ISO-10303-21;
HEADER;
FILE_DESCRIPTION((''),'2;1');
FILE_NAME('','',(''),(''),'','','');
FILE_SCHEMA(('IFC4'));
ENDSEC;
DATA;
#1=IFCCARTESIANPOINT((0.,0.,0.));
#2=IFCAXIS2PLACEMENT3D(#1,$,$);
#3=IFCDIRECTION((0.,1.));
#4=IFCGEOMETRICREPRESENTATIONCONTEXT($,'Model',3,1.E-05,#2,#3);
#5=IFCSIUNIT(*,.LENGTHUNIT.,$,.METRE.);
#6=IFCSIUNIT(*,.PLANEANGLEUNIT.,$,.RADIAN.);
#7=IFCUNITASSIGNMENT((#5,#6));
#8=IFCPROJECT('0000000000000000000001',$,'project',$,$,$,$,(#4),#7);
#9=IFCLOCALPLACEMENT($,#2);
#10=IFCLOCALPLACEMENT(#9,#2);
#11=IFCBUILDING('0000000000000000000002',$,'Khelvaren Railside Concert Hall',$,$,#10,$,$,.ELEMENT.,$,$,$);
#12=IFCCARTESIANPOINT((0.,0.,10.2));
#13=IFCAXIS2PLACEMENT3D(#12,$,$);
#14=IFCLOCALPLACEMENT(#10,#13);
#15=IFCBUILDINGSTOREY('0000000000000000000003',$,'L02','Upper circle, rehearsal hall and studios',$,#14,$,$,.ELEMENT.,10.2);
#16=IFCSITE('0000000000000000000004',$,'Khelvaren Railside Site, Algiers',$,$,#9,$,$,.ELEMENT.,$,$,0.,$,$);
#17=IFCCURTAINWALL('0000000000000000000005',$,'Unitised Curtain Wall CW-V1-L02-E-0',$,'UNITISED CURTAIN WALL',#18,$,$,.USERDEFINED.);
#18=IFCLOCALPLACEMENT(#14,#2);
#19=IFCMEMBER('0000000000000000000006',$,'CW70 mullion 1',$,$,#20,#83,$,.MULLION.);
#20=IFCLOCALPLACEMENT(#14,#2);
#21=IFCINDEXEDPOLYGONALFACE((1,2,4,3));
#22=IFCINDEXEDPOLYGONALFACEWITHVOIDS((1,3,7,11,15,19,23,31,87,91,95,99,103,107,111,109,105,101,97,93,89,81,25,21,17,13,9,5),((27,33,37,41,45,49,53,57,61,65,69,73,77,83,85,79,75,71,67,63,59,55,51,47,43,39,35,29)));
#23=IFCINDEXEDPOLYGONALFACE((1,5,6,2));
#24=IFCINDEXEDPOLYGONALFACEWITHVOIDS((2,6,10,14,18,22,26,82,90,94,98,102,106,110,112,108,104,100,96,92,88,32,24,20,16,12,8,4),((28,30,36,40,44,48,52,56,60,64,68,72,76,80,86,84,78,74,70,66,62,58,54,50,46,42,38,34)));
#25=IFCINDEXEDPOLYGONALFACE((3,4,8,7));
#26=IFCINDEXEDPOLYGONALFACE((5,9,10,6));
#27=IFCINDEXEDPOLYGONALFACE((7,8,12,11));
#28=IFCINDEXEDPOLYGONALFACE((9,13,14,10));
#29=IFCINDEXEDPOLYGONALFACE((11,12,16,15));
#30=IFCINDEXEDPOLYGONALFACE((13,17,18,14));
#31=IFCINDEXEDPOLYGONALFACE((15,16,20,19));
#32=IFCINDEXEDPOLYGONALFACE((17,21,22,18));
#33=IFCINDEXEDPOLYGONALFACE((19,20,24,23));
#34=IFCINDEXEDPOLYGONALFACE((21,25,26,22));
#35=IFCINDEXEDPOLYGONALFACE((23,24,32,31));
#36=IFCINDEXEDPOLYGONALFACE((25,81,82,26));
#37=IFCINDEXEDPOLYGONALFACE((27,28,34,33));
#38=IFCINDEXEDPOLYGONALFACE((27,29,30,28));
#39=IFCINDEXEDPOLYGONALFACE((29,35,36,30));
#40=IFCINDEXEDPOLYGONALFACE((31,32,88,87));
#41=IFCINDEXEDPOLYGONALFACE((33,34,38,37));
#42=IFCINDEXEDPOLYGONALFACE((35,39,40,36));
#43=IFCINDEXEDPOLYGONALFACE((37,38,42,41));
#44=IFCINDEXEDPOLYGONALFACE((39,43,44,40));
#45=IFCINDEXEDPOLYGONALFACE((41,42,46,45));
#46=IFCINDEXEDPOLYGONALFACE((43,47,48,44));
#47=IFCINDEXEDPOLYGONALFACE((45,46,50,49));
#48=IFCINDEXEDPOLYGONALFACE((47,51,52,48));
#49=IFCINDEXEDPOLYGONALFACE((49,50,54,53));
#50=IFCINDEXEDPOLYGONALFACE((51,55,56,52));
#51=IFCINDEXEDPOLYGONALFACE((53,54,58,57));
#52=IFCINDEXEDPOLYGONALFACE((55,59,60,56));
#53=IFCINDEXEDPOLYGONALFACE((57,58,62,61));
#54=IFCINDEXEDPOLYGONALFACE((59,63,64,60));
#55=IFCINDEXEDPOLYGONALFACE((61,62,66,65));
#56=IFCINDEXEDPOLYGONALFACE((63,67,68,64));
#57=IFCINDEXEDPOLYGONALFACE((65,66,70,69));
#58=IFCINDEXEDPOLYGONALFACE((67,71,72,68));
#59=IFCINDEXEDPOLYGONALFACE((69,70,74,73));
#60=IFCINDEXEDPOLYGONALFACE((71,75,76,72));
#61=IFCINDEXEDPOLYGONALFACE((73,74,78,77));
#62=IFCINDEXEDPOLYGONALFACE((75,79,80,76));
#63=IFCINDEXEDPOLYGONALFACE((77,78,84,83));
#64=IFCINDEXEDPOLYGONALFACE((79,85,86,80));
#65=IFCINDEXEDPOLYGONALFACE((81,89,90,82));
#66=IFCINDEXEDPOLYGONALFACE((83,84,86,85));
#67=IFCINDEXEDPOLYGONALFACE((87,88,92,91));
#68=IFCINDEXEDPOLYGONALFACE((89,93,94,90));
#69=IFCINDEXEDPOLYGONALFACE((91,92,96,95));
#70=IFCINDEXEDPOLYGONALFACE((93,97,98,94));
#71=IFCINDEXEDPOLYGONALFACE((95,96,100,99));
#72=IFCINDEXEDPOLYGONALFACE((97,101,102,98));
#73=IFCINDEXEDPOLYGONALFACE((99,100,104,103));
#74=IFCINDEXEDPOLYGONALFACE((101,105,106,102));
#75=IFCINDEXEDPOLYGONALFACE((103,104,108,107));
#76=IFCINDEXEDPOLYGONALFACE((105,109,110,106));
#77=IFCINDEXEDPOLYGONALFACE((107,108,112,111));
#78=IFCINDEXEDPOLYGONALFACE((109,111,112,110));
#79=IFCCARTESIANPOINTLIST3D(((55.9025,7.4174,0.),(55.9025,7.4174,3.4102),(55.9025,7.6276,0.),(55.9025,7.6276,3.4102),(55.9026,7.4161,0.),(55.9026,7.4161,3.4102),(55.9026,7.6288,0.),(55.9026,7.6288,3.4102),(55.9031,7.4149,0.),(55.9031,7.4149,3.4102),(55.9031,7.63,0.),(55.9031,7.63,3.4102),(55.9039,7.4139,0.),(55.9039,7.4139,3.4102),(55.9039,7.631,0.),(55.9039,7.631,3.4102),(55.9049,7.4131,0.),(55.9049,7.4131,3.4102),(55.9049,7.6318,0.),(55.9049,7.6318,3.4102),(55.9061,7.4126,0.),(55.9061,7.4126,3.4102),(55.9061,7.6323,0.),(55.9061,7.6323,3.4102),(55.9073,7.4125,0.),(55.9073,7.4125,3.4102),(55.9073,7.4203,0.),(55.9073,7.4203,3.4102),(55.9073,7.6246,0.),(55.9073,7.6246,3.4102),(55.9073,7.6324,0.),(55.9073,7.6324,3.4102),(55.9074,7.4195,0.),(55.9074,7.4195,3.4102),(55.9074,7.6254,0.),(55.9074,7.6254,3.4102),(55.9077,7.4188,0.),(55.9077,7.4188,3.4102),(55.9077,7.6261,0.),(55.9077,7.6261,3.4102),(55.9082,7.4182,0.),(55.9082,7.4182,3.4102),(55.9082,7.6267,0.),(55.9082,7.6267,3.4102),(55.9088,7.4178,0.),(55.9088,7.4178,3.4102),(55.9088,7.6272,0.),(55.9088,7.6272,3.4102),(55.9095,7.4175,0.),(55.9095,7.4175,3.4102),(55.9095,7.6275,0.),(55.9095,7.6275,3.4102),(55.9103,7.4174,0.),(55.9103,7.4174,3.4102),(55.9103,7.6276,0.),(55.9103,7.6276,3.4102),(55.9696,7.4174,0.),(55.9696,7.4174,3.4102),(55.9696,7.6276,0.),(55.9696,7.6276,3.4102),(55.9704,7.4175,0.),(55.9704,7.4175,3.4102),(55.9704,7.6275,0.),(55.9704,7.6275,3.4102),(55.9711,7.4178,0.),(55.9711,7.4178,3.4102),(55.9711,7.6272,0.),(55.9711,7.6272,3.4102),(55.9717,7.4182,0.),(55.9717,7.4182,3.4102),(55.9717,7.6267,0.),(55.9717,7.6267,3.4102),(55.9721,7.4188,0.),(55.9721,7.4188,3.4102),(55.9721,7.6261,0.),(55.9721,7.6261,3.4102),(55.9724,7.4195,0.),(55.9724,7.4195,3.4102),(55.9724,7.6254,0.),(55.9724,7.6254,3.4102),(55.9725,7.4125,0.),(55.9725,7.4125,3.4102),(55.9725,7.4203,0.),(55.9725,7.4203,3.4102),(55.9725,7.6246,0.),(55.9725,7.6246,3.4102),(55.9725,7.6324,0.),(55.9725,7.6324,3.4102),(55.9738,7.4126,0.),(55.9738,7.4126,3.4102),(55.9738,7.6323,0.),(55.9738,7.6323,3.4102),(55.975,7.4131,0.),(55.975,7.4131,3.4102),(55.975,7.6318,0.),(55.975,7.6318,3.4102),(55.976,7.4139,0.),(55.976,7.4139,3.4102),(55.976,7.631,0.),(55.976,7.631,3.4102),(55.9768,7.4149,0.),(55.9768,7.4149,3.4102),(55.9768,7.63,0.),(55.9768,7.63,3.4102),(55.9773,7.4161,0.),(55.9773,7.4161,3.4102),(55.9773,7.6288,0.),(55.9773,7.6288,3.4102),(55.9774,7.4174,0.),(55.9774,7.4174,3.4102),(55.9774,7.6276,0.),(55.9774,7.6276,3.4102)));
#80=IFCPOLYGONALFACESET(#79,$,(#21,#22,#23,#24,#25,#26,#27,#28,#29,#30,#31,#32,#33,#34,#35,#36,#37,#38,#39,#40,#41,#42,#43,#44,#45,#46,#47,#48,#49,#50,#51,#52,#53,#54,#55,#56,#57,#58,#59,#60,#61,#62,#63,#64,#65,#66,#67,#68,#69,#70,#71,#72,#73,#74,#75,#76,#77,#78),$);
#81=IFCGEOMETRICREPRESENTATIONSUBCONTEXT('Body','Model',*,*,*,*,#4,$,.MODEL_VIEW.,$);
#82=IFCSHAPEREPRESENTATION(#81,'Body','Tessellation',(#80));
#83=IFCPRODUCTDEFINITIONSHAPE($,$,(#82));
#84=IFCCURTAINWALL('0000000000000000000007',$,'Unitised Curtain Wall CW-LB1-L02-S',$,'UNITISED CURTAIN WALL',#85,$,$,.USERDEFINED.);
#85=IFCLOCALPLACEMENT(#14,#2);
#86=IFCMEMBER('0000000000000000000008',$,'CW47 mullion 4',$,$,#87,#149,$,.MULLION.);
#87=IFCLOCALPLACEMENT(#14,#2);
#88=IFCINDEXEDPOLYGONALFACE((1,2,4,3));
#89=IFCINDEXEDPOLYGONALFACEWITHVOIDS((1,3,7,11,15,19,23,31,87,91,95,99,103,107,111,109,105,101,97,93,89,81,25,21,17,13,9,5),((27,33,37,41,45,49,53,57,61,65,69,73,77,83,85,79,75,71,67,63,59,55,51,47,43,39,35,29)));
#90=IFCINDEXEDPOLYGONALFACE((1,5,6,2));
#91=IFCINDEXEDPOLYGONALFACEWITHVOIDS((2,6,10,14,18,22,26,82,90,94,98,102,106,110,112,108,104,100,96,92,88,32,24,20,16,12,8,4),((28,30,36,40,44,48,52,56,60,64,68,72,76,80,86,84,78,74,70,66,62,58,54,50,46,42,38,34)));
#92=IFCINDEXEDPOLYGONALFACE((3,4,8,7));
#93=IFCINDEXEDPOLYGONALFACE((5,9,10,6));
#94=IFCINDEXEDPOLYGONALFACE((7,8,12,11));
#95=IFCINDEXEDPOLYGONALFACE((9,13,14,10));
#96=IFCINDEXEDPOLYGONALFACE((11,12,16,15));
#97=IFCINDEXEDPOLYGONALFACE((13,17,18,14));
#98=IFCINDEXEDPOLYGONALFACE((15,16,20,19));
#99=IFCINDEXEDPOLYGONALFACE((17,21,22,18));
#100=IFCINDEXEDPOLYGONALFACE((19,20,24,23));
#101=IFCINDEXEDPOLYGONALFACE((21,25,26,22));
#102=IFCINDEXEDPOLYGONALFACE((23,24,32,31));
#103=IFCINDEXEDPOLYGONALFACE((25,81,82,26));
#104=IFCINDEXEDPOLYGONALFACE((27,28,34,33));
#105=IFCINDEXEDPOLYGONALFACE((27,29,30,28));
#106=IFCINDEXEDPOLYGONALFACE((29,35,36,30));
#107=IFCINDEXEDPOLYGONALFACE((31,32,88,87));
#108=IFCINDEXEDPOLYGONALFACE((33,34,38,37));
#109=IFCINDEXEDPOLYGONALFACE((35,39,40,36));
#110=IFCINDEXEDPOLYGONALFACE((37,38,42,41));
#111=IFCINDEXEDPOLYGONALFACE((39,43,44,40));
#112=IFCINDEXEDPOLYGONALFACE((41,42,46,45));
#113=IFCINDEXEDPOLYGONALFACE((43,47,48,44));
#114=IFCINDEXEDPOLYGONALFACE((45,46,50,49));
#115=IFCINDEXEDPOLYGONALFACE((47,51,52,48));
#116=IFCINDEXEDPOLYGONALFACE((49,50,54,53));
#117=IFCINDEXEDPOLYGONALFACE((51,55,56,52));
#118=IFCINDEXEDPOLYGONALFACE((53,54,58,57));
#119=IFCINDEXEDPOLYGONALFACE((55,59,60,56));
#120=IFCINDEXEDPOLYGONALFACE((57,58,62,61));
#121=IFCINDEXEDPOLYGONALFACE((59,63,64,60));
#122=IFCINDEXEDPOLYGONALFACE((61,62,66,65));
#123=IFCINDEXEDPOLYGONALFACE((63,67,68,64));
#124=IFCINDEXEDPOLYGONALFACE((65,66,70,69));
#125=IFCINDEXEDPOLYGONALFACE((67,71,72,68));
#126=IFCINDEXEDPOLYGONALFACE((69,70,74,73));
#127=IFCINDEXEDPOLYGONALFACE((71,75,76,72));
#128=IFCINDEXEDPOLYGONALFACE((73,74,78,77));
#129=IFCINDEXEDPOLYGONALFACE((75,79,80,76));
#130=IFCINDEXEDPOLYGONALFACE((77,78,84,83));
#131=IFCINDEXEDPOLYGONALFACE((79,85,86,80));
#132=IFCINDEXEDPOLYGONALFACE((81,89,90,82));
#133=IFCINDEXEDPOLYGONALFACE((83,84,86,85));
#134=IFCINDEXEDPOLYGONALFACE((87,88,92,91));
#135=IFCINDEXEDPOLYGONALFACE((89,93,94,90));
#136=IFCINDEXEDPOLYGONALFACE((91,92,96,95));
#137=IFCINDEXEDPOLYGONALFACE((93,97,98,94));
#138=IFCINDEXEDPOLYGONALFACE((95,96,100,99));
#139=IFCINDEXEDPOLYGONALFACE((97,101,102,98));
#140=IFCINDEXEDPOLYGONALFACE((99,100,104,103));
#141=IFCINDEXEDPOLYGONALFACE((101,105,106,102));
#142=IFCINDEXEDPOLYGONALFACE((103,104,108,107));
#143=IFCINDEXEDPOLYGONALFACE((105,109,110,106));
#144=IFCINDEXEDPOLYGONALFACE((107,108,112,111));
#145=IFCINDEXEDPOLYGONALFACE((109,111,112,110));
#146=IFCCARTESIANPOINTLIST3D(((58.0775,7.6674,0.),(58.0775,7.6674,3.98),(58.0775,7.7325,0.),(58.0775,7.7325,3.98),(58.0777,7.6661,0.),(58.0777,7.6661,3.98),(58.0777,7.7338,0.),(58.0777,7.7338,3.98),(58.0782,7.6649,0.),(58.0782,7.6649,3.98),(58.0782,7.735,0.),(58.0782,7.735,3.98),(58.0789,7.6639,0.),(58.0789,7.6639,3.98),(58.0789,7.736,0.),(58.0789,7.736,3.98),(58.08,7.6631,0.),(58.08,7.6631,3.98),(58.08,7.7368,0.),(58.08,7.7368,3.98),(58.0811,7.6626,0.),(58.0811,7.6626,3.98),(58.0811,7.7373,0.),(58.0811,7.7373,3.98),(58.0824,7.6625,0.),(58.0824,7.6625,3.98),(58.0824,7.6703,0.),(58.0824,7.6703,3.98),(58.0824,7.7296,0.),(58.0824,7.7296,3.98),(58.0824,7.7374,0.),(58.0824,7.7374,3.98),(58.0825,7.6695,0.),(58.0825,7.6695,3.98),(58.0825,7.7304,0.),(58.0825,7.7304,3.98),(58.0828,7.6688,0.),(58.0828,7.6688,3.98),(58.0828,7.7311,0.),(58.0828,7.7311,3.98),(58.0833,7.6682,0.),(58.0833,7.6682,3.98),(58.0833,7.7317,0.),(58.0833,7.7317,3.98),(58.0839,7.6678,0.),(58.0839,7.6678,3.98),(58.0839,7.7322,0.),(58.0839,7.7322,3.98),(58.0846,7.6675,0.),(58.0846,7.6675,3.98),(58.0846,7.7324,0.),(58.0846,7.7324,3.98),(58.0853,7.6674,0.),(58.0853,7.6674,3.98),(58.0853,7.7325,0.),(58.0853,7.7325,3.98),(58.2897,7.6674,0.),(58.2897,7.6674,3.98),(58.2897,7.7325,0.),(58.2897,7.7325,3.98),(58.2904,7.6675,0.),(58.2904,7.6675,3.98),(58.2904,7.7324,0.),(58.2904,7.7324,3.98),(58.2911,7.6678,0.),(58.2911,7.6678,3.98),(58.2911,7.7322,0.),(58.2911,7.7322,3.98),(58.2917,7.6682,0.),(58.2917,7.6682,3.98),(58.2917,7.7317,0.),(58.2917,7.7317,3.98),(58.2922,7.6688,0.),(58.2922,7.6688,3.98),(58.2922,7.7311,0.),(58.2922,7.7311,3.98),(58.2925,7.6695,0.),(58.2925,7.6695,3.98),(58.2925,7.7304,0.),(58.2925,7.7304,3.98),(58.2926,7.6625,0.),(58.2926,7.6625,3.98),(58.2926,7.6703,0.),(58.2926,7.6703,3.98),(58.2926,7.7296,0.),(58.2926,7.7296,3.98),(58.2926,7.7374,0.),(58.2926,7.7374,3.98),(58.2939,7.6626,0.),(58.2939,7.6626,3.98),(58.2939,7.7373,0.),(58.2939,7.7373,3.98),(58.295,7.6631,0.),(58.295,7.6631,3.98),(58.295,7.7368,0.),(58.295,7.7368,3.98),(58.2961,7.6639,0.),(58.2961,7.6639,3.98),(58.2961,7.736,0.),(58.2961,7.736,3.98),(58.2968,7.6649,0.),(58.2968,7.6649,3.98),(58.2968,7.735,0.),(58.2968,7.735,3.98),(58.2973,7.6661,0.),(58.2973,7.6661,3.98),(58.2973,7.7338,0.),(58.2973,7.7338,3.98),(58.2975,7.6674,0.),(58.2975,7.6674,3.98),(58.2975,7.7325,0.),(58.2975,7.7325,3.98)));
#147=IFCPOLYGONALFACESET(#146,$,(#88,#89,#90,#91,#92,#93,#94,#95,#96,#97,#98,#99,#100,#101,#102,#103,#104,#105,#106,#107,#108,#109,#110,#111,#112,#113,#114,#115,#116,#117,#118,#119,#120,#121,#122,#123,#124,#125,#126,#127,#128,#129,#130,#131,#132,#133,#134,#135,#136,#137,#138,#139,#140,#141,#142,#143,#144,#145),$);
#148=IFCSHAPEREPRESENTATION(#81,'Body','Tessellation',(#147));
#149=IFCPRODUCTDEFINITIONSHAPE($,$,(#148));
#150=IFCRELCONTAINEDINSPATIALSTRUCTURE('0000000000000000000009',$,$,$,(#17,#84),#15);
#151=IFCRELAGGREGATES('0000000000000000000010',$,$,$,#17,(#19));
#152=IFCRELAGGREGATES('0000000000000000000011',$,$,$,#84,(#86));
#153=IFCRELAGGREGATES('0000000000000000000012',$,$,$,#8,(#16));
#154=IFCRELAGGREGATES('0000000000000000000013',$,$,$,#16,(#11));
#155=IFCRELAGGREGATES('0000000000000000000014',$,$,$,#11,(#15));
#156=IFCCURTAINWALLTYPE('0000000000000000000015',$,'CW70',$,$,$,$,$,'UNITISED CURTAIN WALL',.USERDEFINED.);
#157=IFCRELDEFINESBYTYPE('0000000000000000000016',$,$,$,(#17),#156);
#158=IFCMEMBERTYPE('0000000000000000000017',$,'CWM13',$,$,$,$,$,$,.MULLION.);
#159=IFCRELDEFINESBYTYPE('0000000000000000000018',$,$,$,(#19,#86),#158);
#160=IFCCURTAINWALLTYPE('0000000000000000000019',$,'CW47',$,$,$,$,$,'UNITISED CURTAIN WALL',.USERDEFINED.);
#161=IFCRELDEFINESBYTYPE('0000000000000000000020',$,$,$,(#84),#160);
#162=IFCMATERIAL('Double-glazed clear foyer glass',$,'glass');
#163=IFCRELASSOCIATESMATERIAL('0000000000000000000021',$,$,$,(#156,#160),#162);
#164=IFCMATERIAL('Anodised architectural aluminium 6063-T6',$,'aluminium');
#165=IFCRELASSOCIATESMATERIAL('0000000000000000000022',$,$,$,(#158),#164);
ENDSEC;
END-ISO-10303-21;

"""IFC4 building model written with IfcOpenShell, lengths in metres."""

from ifc_helpers import new_model, si_unit, direction, frame, origin, origin_2d, place, context, subcontext, project, spatial, hollow_rectangle, extrude, material, material_profile, profile_set, type_object, element, aggregate, save


model = new_model("IFC4")

# Units and contexts
model_context = context("Model", 3, precision=1e-05, world=origin(), true_north=direction((0.0, 1.0)))
body_context = subcontext(model_context, "Body", "Model", "MODEL_VIEW")
ifc_project = project(units=[si_unit("LENGTHUNIT", "METRE"), si_unit("PLANEANGLEUNIT", "RADIAN")], contexts=[model_context])

# Site, building, storey
site_placement = place(None, origin())
site = spatial("IfcSite", under=ifc_project, at=site_placement, Name="Khelvaren Railside Site, Algiers", CompositionType="ELEMENT", RefElevation=0.0)
building_placement = place(site_placement, origin())
building = spatial("IfcBuilding", under=site, at=building_placement, Name="Khelvaren Railside Concert Hall", CompositionType="ELEMENT")
storey_placement = place(building_placement, frame((0.0, 0.0, 10.2)))
storey = spatial("IfcBuildingStorey", under=building, at=storey_placement, Name="L02", Description="Upper circle, rehearsal hall and studios", CompositionType="ELEMENT", Elevation=10.2)

# Curtain wall, member
ifc_material_1 = material(Name="Double-glazed clear foyer glass", Category="glass")
curtain_wall_type_1 = type_object("IfcCurtainWallType", Name="CW70", ElementType="UNITISED CURTAIN WALL", PredefinedType="USERDEFINED", material=ifc_material_1)
curtain_wall_1_placement = place(storey_placement, origin())
curtain_wall_1 = element("IfcCurtainWall", 1, at=curtain_wall_1_placement, inside=storey, type_object=curtain_wall_type_1, Name="Unitised Curtain Wall CW-V1-L02-E-0", ObjectType="UNITISED CURTAIN WALL", PredefinedType="USERDEFINED")
ifc_material_2 = material(Name="Anodised architectural aluminium 6063-T6", Category="aluminium")
ifc_material_profile_1 = material_profile(ifc_material_2, hollow_rectangle(XDim=0.075, YDim=0.22, WallThickness=0.0049, InnerFilletRadius=0.0029, OuterFilletRadius=0.0049, at=origin_2d()), Name="CWM 75x220x5")
ifc_profile_set_1 = profile_set([ifc_material_profile_1], Name="Anodised architectural aluminium 6063-T6")
member_type_1 = type_object("IfcMemberType", Name="CWM13", PredefinedType="MULLION", material=ifc_profile_set_1)
member_1_placement = place(storey_placement, frame((55.9399, 7.5225, 0.0), z_axis=(0.0, 0.0, 1.0), x_axis=(1.0, 0.0, 0.0)))
member_1 = element("IfcMember", 2, at=member_1_placement, type_object=member_type_1, Name="CW70 mullion 1", PredefinedType="MULLION", context=body_context, shape_type="SweptSolid", body=[
    extrude(hollow_rectangle(XDim=0.075, YDim=0.22, WallThickness=0.0049, InnerFilletRadius=0.0029, OuterFilletRadius=0.0049, at=origin_2d()), origin(), (0.0, 0.0, 1.0), 3.4102),
])
aggregate(curtain_wall_1, [member_1])

# Curtain wall, member
curtain_wall_type_2 = type_object("IfcCurtainWallType", Name="CW47", ElementType="UNITISED CURTAIN WALL", PredefinedType="USERDEFINED", material=ifc_material_1)
curtain_wall_2_placement = place(storey_placement, origin())
curtain_wall_2 = element("IfcCurtainWall", 3, at=curtain_wall_2_placement, inside=storey, type_object=curtain_wall_type_2, Name="Unitised Curtain Wall CW-LB1-L02-S", ObjectType="UNITISED CURTAIN WALL", PredefinedType="USERDEFINED")
member_2_placement = place(storey_placement, frame((58.1875, 7.7, 0.0), z_axis=(0.0, 0.0, 1.0), x_axis=(0.0, -1.0, 0.0)))
member_2 = element("IfcMember", 4, at=member_2_placement, type_object=member_type_1, Name="CW47 mullion 4", PredefinedType="MULLION", context=body_context, shape_type="SweptSolid", body=[
    extrude(hollow_rectangle(XDim=0.075, YDim=0.22, WallThickness=0.0049, InnerFilletRadius=0.0029, OuterFilletRadius=0.0049, at=origin_2d()), origin(), (0.0, 0.0, 1.0), 3.98),
])

aggregate(curtain_wall_2, [member_2])

save(model, "model.ifc")
